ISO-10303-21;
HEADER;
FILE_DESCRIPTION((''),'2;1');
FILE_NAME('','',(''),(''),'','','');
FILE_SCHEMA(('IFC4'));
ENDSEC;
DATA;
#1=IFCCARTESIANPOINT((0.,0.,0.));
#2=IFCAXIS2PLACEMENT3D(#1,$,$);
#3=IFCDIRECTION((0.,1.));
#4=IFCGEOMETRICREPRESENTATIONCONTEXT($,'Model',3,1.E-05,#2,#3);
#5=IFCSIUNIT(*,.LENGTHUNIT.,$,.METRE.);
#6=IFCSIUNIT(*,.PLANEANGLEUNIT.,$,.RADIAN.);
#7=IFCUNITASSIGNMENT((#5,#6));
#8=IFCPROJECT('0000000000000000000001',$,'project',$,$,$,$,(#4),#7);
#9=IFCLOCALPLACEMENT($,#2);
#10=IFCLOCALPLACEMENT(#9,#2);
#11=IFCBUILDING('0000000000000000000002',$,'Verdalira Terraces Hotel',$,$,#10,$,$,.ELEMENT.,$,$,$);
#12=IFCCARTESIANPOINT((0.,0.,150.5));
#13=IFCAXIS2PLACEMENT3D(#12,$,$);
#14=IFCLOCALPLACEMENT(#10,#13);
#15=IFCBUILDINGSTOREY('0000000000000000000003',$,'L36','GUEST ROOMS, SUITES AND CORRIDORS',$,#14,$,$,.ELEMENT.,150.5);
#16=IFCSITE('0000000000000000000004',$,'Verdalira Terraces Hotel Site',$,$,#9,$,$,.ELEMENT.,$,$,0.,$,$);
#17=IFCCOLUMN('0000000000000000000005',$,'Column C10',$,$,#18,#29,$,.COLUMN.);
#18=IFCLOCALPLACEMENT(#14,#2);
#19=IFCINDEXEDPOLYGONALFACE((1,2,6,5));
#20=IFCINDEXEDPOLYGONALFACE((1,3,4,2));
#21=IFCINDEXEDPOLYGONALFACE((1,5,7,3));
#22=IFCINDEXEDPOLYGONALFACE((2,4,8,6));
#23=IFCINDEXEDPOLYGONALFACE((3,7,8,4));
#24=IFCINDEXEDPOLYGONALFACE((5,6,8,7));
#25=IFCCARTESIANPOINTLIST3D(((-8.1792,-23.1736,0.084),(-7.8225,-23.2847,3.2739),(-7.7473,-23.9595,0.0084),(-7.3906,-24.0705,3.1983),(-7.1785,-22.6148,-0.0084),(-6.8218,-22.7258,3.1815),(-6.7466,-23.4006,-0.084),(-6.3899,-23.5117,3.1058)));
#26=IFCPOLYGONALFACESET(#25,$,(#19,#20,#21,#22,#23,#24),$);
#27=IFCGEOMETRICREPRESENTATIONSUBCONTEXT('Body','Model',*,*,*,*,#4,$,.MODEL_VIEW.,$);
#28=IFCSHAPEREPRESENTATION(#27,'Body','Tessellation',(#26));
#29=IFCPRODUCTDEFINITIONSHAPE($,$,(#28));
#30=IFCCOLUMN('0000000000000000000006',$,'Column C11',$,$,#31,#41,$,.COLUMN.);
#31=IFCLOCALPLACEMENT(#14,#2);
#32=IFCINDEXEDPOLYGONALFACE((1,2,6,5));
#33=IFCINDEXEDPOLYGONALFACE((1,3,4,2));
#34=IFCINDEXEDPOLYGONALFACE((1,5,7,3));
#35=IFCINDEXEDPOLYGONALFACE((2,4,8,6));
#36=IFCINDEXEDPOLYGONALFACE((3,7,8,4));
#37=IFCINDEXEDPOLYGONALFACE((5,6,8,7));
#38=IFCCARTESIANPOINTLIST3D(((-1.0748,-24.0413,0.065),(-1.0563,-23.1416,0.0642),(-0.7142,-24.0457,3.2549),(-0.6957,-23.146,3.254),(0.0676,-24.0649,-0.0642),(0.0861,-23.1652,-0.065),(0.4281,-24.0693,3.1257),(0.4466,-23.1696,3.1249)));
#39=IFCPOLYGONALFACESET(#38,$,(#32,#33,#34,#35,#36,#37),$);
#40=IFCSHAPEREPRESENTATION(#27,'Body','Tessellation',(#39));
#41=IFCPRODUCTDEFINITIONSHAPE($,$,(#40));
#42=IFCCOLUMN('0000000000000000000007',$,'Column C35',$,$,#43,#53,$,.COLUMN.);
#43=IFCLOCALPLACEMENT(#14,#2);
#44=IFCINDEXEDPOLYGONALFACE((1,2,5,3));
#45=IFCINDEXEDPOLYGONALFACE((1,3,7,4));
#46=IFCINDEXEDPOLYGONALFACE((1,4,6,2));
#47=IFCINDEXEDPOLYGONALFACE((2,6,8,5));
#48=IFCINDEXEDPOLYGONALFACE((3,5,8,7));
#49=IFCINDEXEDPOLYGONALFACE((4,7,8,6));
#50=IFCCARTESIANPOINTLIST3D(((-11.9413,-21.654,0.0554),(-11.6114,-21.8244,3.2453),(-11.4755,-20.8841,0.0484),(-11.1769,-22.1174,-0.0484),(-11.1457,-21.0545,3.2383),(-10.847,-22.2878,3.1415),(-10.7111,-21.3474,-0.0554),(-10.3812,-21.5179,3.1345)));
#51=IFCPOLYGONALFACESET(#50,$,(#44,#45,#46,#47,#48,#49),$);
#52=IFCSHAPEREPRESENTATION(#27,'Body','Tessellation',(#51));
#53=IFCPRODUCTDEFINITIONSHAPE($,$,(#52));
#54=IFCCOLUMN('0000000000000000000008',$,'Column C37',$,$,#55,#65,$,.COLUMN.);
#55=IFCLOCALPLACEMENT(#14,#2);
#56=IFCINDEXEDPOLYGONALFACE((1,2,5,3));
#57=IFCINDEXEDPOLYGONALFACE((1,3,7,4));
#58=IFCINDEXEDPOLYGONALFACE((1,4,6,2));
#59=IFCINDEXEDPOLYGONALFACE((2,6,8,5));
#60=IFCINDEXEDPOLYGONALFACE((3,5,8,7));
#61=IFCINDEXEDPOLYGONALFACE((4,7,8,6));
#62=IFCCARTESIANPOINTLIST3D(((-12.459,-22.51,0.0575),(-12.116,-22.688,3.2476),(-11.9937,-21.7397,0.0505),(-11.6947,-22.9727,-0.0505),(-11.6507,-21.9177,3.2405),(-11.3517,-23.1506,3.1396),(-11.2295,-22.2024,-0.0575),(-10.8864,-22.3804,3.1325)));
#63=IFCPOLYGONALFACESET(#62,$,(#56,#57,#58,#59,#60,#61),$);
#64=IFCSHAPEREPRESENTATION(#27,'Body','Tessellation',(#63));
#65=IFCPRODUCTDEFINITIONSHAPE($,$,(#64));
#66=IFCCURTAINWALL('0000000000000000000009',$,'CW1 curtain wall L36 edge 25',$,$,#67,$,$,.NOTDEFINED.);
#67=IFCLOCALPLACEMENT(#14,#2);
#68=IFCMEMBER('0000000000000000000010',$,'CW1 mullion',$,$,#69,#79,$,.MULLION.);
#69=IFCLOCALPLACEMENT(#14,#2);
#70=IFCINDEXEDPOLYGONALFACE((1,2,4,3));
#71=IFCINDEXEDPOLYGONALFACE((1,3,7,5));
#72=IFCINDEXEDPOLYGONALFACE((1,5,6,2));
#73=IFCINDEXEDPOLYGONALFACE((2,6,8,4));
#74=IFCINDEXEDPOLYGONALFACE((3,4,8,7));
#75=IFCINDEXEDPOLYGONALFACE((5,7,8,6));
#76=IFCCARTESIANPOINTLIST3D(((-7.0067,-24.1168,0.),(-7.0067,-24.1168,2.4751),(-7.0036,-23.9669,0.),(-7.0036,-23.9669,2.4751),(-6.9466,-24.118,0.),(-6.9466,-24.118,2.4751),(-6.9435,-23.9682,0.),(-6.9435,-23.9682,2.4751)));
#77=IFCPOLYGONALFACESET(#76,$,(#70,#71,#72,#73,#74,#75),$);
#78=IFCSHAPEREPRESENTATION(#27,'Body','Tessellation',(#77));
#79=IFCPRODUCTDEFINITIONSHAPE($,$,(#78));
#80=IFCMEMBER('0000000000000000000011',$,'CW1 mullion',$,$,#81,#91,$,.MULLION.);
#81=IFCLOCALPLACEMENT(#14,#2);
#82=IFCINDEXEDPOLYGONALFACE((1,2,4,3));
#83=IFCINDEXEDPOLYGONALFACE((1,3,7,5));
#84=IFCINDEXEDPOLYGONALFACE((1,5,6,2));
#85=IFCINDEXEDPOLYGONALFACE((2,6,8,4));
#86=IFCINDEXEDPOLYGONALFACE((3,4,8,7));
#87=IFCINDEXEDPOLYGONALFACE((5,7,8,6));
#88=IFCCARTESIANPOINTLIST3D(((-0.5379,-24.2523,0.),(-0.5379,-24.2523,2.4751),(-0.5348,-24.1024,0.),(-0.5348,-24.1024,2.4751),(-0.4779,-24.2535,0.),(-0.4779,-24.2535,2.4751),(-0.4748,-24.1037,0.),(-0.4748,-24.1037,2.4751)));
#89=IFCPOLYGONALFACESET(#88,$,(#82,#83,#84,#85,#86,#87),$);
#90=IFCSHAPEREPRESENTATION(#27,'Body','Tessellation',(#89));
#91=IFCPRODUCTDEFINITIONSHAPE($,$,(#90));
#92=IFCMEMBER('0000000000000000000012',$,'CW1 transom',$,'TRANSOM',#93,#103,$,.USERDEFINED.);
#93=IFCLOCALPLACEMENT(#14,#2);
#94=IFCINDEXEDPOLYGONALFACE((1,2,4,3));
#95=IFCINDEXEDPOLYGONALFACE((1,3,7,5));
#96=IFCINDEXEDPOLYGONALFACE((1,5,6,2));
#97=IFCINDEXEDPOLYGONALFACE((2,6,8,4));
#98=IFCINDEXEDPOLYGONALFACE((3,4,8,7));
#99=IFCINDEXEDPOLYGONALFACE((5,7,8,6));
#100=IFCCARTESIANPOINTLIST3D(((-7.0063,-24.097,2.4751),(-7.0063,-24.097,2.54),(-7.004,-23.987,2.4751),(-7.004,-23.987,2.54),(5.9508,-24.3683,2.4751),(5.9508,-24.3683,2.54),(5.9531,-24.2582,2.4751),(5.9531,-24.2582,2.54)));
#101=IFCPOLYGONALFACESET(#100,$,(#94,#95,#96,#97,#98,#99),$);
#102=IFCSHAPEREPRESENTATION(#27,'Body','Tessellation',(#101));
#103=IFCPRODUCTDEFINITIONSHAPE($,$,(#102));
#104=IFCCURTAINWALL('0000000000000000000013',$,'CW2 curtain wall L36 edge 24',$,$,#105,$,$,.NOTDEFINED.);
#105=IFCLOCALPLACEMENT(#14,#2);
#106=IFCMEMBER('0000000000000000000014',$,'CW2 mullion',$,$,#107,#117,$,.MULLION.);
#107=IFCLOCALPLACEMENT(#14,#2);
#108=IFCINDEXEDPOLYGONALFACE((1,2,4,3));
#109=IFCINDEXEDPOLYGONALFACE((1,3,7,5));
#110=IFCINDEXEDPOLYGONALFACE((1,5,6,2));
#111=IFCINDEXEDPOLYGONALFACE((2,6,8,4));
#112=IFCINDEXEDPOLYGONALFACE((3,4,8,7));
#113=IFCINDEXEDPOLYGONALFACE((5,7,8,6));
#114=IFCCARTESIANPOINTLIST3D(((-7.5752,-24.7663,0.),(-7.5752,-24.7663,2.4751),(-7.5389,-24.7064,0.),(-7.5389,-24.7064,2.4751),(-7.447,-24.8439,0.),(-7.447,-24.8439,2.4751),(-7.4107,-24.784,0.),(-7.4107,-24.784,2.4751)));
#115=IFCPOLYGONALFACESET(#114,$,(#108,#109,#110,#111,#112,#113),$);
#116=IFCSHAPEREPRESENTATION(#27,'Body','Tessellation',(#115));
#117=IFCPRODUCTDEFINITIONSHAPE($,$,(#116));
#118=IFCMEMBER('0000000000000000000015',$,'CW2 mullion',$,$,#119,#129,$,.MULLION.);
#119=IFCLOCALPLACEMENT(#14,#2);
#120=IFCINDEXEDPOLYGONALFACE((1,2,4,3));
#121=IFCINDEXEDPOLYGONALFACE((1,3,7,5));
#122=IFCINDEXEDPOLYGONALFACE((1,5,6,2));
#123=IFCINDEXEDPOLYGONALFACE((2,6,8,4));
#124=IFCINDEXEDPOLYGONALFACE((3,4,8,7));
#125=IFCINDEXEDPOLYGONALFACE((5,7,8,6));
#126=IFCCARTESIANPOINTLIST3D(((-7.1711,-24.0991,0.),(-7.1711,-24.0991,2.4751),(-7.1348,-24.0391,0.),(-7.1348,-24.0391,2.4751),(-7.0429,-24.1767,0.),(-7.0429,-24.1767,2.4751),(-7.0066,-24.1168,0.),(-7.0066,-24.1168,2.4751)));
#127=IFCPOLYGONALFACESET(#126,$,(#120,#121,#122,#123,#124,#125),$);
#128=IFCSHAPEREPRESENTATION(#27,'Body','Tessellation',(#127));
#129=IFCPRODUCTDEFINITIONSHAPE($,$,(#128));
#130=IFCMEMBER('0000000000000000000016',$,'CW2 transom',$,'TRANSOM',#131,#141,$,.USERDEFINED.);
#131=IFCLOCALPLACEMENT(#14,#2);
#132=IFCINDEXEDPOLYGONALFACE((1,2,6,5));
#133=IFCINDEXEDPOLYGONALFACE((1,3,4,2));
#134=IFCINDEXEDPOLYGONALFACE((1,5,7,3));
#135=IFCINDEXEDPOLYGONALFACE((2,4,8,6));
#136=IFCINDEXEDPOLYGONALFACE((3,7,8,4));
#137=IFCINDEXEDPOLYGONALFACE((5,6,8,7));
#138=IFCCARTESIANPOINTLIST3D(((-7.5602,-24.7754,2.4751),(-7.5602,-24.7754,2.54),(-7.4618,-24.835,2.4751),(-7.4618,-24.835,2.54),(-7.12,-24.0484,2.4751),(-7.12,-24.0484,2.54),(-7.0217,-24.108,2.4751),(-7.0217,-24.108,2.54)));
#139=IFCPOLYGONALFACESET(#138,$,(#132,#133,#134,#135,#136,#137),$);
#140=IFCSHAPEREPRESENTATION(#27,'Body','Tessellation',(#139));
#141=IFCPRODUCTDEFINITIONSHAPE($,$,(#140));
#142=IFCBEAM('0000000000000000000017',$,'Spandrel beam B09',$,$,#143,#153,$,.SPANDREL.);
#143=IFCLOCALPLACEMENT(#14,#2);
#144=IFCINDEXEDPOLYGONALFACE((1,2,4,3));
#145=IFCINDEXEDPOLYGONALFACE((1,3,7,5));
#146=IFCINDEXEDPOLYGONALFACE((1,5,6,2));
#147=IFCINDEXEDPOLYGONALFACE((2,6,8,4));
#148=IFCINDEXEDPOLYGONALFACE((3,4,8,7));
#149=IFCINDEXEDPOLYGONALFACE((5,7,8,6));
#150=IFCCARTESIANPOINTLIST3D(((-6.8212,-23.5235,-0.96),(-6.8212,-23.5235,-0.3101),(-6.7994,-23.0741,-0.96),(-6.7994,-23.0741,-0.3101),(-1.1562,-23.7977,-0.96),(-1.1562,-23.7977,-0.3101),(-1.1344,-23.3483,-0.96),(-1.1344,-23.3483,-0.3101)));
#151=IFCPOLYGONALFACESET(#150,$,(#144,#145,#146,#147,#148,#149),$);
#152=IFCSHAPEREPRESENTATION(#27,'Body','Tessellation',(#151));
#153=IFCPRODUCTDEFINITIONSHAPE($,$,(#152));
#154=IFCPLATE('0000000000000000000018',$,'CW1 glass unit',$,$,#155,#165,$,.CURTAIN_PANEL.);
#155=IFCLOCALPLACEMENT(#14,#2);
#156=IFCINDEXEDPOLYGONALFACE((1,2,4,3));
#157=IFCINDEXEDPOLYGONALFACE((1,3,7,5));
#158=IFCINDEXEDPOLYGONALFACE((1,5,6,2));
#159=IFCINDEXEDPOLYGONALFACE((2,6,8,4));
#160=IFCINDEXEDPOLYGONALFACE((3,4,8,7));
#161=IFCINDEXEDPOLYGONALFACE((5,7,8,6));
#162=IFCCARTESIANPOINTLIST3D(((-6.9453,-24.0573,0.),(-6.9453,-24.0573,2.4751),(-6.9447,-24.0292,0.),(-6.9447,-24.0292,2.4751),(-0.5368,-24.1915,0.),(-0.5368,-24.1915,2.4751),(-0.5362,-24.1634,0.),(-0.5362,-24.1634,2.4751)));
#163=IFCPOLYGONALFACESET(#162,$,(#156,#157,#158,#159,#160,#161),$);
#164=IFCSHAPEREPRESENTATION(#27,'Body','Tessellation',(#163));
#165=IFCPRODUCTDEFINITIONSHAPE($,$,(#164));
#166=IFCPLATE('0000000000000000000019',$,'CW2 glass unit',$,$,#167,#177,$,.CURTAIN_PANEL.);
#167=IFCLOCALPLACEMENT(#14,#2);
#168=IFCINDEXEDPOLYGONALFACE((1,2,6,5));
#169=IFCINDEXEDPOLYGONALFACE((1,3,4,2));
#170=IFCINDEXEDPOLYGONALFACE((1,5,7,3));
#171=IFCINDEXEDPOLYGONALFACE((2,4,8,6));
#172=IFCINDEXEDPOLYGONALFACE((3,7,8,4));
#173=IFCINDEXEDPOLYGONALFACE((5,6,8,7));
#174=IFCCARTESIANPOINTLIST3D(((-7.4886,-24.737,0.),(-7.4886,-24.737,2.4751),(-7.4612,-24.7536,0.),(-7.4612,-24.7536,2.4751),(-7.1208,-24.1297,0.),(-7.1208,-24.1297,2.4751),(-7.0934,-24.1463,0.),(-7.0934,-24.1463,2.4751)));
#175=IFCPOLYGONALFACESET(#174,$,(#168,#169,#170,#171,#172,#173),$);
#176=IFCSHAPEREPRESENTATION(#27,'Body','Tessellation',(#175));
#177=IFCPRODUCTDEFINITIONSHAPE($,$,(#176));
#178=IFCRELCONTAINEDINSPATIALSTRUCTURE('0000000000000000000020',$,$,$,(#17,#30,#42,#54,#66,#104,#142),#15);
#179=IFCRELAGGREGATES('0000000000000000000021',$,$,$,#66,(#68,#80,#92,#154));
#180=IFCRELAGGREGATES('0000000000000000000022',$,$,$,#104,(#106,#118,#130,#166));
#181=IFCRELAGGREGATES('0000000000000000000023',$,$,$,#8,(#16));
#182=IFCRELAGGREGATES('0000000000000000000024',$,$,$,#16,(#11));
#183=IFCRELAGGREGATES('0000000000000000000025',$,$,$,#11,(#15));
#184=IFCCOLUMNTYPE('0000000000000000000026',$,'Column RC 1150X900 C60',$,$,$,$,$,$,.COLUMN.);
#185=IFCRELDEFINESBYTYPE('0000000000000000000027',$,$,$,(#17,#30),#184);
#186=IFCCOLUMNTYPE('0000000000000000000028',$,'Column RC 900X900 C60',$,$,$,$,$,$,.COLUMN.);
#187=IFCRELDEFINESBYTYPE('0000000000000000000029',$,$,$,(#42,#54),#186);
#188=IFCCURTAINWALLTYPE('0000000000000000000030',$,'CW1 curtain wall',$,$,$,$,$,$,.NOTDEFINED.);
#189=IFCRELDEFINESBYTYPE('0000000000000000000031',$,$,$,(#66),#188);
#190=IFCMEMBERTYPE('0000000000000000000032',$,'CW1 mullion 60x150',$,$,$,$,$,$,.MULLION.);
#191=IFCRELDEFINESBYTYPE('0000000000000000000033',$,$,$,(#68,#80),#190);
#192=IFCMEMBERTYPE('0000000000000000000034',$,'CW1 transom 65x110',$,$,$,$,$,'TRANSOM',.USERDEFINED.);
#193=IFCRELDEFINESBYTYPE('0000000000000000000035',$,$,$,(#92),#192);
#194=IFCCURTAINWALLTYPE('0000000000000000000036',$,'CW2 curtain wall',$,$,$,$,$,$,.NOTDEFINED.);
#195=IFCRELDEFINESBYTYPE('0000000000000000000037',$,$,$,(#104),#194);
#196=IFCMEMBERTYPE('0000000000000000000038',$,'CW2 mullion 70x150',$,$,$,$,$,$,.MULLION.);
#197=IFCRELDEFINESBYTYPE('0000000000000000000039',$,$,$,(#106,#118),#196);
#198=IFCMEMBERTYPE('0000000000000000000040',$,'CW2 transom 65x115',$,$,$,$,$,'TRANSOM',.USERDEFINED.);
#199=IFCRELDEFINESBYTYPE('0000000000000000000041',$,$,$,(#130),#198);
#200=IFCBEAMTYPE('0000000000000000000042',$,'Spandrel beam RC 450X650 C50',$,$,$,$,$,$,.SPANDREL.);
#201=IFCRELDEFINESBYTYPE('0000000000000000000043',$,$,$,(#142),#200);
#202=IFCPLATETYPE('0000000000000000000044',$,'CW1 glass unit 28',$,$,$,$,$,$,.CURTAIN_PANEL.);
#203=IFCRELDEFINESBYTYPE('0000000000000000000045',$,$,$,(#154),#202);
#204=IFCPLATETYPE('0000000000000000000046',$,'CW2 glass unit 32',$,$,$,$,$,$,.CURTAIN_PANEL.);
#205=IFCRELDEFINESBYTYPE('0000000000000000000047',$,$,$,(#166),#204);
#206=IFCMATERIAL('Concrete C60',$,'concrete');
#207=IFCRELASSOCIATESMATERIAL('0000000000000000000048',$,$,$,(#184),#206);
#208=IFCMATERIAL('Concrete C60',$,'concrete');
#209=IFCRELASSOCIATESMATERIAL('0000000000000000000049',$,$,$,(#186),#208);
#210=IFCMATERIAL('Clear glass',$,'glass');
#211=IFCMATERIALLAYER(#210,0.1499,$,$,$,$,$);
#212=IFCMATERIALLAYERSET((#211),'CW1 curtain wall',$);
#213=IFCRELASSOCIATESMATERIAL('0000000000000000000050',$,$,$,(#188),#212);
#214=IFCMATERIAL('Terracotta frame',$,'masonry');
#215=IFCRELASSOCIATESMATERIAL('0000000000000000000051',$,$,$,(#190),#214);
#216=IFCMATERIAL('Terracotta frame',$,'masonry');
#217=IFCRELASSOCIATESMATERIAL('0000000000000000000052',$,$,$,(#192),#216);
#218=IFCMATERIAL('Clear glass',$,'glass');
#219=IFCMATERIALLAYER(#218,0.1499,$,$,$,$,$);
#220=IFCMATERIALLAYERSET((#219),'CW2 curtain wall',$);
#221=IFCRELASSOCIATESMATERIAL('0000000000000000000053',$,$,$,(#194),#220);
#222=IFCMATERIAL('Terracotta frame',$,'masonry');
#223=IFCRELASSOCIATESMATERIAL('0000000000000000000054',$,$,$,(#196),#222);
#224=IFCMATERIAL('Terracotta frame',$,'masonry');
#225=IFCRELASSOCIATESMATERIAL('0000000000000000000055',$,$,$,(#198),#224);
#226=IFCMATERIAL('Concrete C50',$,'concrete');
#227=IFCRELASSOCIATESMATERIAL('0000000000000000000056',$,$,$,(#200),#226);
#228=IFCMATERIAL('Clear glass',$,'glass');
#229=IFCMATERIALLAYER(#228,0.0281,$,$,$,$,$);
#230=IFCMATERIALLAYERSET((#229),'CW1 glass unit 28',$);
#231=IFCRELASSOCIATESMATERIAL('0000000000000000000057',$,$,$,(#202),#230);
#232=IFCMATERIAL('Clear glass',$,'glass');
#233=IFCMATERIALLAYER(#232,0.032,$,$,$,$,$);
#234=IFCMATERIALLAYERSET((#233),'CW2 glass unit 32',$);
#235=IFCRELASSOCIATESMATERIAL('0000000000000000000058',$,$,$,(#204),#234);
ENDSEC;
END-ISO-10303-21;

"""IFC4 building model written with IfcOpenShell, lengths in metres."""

from ifc_helpers import new_model, si_unit, direction, frame, origin, origin_2d, place, context, subcontext, project, spatial, rectangle, extrude, material, layer, layer_set, material_profile, profile_set, type_object, element, aggregate, save


model = new_model("IFC4")

# Units and contexts
model_context = context("Model", 3, precision=1e-05, world=origin(), true_north=direction((0.0, 1.0)))
body_context = subcontext(model_context, "Body", "Model", "MODEL_VIEW")
ifc_project = project(units=[si_unit("LENGTHUNIT", "METRE"), si_unit("PLANEANGLEUNIT", "RADIAN")], contexts=[model_context])

# Site, building, storey
site_placement = place(None, origin())
site = spatial("IfcSite", under=ifc_project, at=site_placement, Name="Verdalira Terraces Hotel Site", CompositionType="ELEMENT", RefElevation=0.0)
building_placement = place(site_placement, origin())
building = spatial("IfcBuilding", under=site, at=building_placement, Name="Verdalira Terraces Hotel", CompositionType="ELEMENT")
storey_placement = place(building_placement, frame((0.0, 0.0, 150.5)))
storey = spatial("IfcBuildingStorey", under=building, at=storey_placement, Name="L36", Description="GUEST ROOMS, SUITES AND CORRIDORS", CompositionType="ELEMENT", Elevation=150.5)

# Columns
ifc_material_1 = material(Name="Concrete C60", Category="concrete")
ifc_material_profile_1 = material_profile(ifc_material_1, rectangle(XDim=1.1499, YDim=0.8999, at=origin_2d()), Name="RC 1150X900")
ifc_profile_set_1 = profile_set([ifc_material_profile_1], Name="Concrete C60")
column_type_1 = type_object("IfcColumnType", Name="Column RC 1150X900 C60", PredefinedType="COLUMN", material=ifc_profile_set_1)
column_1_placement = place(storey_placement, frame((-7.4629, -23.2871, 0.0), z_axis=(0.111058, -0.034587, 0.993212), x_axis=(-0.870263, -0.485983, 0.080387)))
element("IfcColumn", 1, at=column_1_placement, inside=storey, type_object=column_type_1, Name="Column C10", PredefinedType="COLUMN", context=body_context, shape_type="SweptSolid", body=[
    extrude(rectangle(XDim=1.1499, YDim=0.8999, at=origin_2d()), origin(), (0.0, 0.0, 1.0), 3.2117),
])
column_2_placement = place(storey_placement, frame((-0.4944, -23.6033, 0.0), z_axis=(0.112326, -0.001369, 0.99367), x_axis=(0.993459, -0.020539, -0.11233)))
element("IfcColumn", 2, at=column_2_placement, inside=storey, type_object=column_type_1, Name="Column C11", PredefinedType="COLUMN", context=body_context, shape_type="SweptSolid", body=[
    extrude(rectangle(XDim=1.1499, YDim=0.8999, at=origin_2d()), origin(), (0.0, 0.0, 1.0), 3.2102),
])
ifc_material_2 = material(Name="Concrete C60", Category="concrete")
ifc_material_profile_2 = material_profile(ifc_material_2, rectangle(XDim=0.8999, YDim=0.8999, at=origin_2d()), Name="RC 900X900")
ifc_profile_set_2 = profile_set([ifc_material_profile_2], Name="Concrete C60")
column_type_2 = type_object("IfcColumnType", Name="Column RC 900X900 C60", PredefinedType="COLUMN", material=ifc_profile_set_2)
column_3_placement = place(storey_placement, frame((-11.3262, -21.5007, 0.0), z_axis=(0.102705, -0.053063, 0.993296), x_axis=(-0.517594, -0.855591, 0.007812)))
element("IfcColumn", 3, at=column_3_placement, inside=storey, type_object=column_type_2, Name="Column C35", PredefinedType="COLUMN", context=body_context, shape_type="SweptSolid", body=[
    extrude(rectangle(XDim=0.8999, YDim=0.8999, at=origin_2d()), origin(), (0.0, 0.0, 1.0), 3.2114),
])
column_4_placement = place(storey_placement, frame((-11.8442, -22.3562, 0.0), z_axis=(0.106751, -0.055389, 0.992742), x_axis=(-0.51703, -0.855931, 0.007841)))
element("IfcColumn", 4, at=column_4_placement, inside=storey, type_object=column_type_2, Name="Column C37", PredefinedType="COLUMN", context=body_context, shape_type="SweptSolid", body=[
    extrude(rectangle(XDim=0.8999, YDim=0.8999, at=origin_2d()), origin(), (0.0, 0.0, 1.0), 3.2134),
])

# Curtain walls, members
ifc_material_3 = material(Name="Clear glass", Category="glass")
ifc_layer_1 = layer(ifc_material_3, 0.1499)
ifc_layer_set_1 = layer_set([ifc_layer_1], Name="CW1 curtain wall")
curtain_wall_type_1 = type_object("IfcCurtainWallType", Name="CW1 curtain wall", PredefinedType="NOTDEFINED", material=ifc_layer_set_1)
curtain_wall_1_placement = place(storey_placement, origin())
curtain_wall_1 = element("IfcCurtainWall", 5, at=curtain_wall_1_placement, inside=storey, type_object=curtain_wall_type_1, Name="CW1 curtain wall L36 edge 25", PredefinedType="NOTDEFINED")
ifc_material_4 = material(Name="Terracotta frame", Category="masonry")
ifc_material_profile_3 = material_profile(ifc_material_4, rectangle(XDim=0.0601, YDim=0.1499, at=origin_2d()), Name="MU 60x150")
ifc_profile_set_3 = profile_set([ifc_material_profile_3], Name="Terracotta frame")
member_type_1 = type_object("IfcMemberType", Name="CW1 mullion 60x150", PredefinedType="MULLION", material=ifc_profile_set_3)
member_1_placement = place(storey_placement, frame((-6.9751, -24.0425, 0.0), z_axis=(0.0, 0.0, 1.0), x_axis=(0.999781, -0.020942, 0.0)))
member_1 = element("IfcMember", 6, at=member_1_placement, type_object=member_type_1, Name="CW1 mullion", PredefinedType="MULLION", context=body_context, shape_type="SweptSolid", body=[
    extrude(rectangle(XDim=0.0601, YDim=0.1499, at=origin_2d()), origin(), (0.0, 0.0, 1.0), 2.4751),
])
member_2_placement = place(storey_placement, frame((-0.5063, -24.178, 0.0), z_axis=(0.0, 0.0, 1.0), x_axis=(0.999781, -0.020942, 0.0)))
member_2 = element("IfcMember", 7, at=member_2_placement, type_object=member_type_1, Name="CW1 mullion", PredefinedType="MULLION", context=body_context, shape_type="SweptSolid", body=[
    extrude(rectangle(XDim=0.0601, YDim=0.1499, at=origin_2d()), origin(), (0.0, 0.0, 1.0), 2.4751),
])
ifc_material_5 = material(Name="Terracotta frame", Category="masonry")
ifc_material_profile_4 = material_profile(ifc_material_5, rectangle(XDim=0.1101, YDim=0.0649, at=origin_2d()), Name="TR 65x110")
ifc_profile_set_4 = profile_set([ifc_material_profile_4], Name="Terracotta frame")
member_type_2 = type_object("IfcMemberType", Name="CW1 transom 65x110", ElementType="TRANSOM", PredefinedType="USERDEFINED", material=ifc_profile_set_4)
member_3_placement = place(storey_placement, frame((-7.0051, -24.042, 2.5076), z_axis=(0.999781, -0.020929, 0.0), x_axis=(0.020929, 0.999781, 0.0)))
member_3 = element("IfcMember", 8, at=member_3_placement, type_object=member_type_2, Name="CW1 transom", ObjectType="TRANSOM", PredefinedType="USERDEFINED", context=body_context, shape_type="SweptSolid", body=[
    extrude(rectangle(XDim=0.1101, YDim=0.0649, at=origin_2d()), origin(), (0.0, 0.0, 1.0), 12.96),
])
ifc_material_6 = material(Name="Clear glass", Category="glass")
ifc_layer_2 = layer(ifc_material_6, 0.1499)
ifc_layer_set_2 = layer_set([ifc_layer_2], Name="CW2 curtain wall")
curtain_wall_type_2 = type_object("IfcCurtainWallType", Name="CW2 curtain wall", PredefinedType="NOTDEFINED", material=ifc_layer_set_2)
curtain_wall_2_placement = place(storey_placement, origin())
curtain_wall_2 = element("IfcCurtainWall", 9, at=curtain_wall_2_placement, inside=storey, type_object=curtain_wall_type_2, Name="CW2 curtain wall L36 edge 24", PredefinedType="NOTDEFINED")
ifc_material_7 = material(Name="Terracotta frame", Category="masonry")
ifc_material_profile_5 = material_profile(ifc_material_7, rectangle(XDim=0.0701, YDim=0.1499, at=origin_2d()), Name="MU 70x150")
ifc_profile_set_5 = profile_set([ifc_material_profile_5], Name="Terracotta frame")
member_type_3 = type_object("IfcMemberType", Name="CW2 mullion 70x150", PredefinedType="MULLION", material=ifc_profile_set_5)
member_4_placement = place(storey_placement, frame((-7.4929, -24.7751, 0.0), z_axis=(0.0, 0.0, 1.0), x_axis=(0.518027, 0.855364, 0.0)))
member_4 = element("IfcMember", 10, at=member_4_placement, type_object=member_type_3, Name="CW2 mullion", PredefinedType="MULLION", context=body_context, shape_type="SweptSolid", body=[
    extrude(rectangle(XDim=0.0701, YDim=0.1499, at=origin_2d()), origin(), (0.0, 0.0, 1.0), 2.4751),
])
member_5_placement = place(storey_placement, frame((-7.0889, -24.1079, 0.0), z_axis=(0.0, 0.0, 1.0), x_axis=(0.518027, 0.855364, 0.0)))
member_5 = element("IfcMember", 11, at=member_5_placement, type_object=member_type_3, Name="CW2 mullion", PredefinedType="MULLION", context=body_context, shape_type="SweptSolid", body=[
    extrude(rectangle(XDim=0.0701, YDim=0.1499, at=origin_2d()), origin(), (0.0, 0.0, 1.0), 2.4751),
])
ifc_material_8 = material(Name="Terracotta frame", Category="masonry")
ifc_material_profile_6 = material_profile(ifc_material_8, rectangle(XDim=0.115, YDim=0.0649, at=origin_2d()), Name="TR 65x115")
ifc_profile_set_6 = profile_set([ifc_material_profile_6], Name="Terracotta frame")
member_type_4 = type_object("IfcMemberType", Name="CW2 transom 65x115", ElementType="TRANSOM", PredefinedType="USERDEFINED", material=ifc_profile_set_6)
member_6_placement = place(storey_placement, frame((-7.511, -24.8052, 2.5076), z_axis=(0.517913, 0.855433, 0.0), x_axis=(-0.855433, 0.517913, 0.0)))
member_6 = element("IfcMember", 12, at=member_6_placement, type_object=member_type_4, Name="CW2 transom", ObjectType="TRANSOM", PredefinedType="USERDEFINED", context=body_context, shape_type="SweptSolid", body=[
    extrude(rectangle(XDim=0.115, YDim=0.0649, at=origin_2d()), origin(), (0.0, 0.0, 1.0), 0.8499),
])

# Beam
ifc_material_9 = material(Name="Concrete C50", Category="concrete")
ifc_material_profile_7 = material_profile(ifc_material_9, rectangle(XDim=0.45, YDim=0.6499, at=origin_2d()), Name="RC 450X650")
ifc_profile_set_7 = profile_set([ifc_material_profile_7], Name="Concrete C50")
beam_type = type_object("IfcBeamType", Name="Spandrel beam RC 450X650 C50", PredefinedType="SPANDREL", material=ifc_profile_set_7)
beam_placement = place(storey_placement, frame((-6.8103, -23.2988, -0.635), z_axis=(0.998831, -0.04834, 0.0), x_axis=(0.04834, 0.998831, 0.0)))
element("IfcBeam", 13, at=beam_placement, inside=storey, type_object=beam_type, Name="Spandrel beam B09", PredefinedType="SPANDREL", context=body_context, shape_type="SweptSolid", body=[
    extrude(rectangle(XDim=0.45, YDim=0.6499, at=origin_2d()), origin(), (0.0, 0.0, 1.0), 5.6716),
])

# Plates
ifc_material_10 = material(Name="Clear glass", Category="glass")
ifc_layer_3 = layer(ifc_material_10, 0.0281)
ifc_layer_set_3 = layer_set([ifc_layer_3], Name="CW1 glass unit 28")
plate_type_1 = type_object("IfcPlateType", Name="CW1 glass unit 28", PredefinedType="CURTAIN_PANEL", material=ifc_layer_set_3)
plate_1_placement = place(storey_placement, frame((-3.7407, -24.1104, 0.0), z_axis=(0.0, 0.0, 1.0), x_axis=(0.999781, -0.020942, 0.0)))
plate_1 = element("IfcPlate", 14, at=plate_1_placement, type_object=plate_type_1, Name="CW1 glass unit", PredefinedType="CURTAIN_PANEL", context=body_context, shape_type="SweptSolid", body=[
    extrude(rectangle(XDim=6.4099, YDim=0.0281, at=origin_2d()), origin(), (0.0, 0.0, 1.0), 2.4751),
])
aggregate(curtain_wall_1, [member_1, member_2, member_3, plate_1])
ifc_material_11 = material(Name="Clear glass", Category="glass")
ifc_layer_4 = layer(ifc_material_11, 0.032)
ifc_layer_set_4 = layer_set([ifc_layer_4], Name="CW2 glass unit 32")
plate_type_2 = type_object("IfcPlateType", Name="CW2 glass unit 32", PredefinedType="CURTAIN_PANEL", material=ifc_layer_set_4)
plate_2_placement = place(storey_placement, frame((-7.291, -24.4416, 0.0), z_axis=(0.0, 0.0, 1.0), x_axis=(0.518027, 0.855364, 0.0)))
plate_2 = element("IfcPlate", 15, at=plate_2_placement, type_object=plate_type_2, Name="CW2 glass unit", PredefinedType="CURTAIN_PANEL", context=body_context, shape_type="SweptSolid", body=[
    extrude(rectangle(XDim=0.71, YDim=0.032, at=origin_2d()), origin(), (0.0, 0.0, 1.0), 2.4751),
])
aggregate(curtain_wall_2, [member_4, member_5, member_6, plate_2])

save(model, "model.ifc")
